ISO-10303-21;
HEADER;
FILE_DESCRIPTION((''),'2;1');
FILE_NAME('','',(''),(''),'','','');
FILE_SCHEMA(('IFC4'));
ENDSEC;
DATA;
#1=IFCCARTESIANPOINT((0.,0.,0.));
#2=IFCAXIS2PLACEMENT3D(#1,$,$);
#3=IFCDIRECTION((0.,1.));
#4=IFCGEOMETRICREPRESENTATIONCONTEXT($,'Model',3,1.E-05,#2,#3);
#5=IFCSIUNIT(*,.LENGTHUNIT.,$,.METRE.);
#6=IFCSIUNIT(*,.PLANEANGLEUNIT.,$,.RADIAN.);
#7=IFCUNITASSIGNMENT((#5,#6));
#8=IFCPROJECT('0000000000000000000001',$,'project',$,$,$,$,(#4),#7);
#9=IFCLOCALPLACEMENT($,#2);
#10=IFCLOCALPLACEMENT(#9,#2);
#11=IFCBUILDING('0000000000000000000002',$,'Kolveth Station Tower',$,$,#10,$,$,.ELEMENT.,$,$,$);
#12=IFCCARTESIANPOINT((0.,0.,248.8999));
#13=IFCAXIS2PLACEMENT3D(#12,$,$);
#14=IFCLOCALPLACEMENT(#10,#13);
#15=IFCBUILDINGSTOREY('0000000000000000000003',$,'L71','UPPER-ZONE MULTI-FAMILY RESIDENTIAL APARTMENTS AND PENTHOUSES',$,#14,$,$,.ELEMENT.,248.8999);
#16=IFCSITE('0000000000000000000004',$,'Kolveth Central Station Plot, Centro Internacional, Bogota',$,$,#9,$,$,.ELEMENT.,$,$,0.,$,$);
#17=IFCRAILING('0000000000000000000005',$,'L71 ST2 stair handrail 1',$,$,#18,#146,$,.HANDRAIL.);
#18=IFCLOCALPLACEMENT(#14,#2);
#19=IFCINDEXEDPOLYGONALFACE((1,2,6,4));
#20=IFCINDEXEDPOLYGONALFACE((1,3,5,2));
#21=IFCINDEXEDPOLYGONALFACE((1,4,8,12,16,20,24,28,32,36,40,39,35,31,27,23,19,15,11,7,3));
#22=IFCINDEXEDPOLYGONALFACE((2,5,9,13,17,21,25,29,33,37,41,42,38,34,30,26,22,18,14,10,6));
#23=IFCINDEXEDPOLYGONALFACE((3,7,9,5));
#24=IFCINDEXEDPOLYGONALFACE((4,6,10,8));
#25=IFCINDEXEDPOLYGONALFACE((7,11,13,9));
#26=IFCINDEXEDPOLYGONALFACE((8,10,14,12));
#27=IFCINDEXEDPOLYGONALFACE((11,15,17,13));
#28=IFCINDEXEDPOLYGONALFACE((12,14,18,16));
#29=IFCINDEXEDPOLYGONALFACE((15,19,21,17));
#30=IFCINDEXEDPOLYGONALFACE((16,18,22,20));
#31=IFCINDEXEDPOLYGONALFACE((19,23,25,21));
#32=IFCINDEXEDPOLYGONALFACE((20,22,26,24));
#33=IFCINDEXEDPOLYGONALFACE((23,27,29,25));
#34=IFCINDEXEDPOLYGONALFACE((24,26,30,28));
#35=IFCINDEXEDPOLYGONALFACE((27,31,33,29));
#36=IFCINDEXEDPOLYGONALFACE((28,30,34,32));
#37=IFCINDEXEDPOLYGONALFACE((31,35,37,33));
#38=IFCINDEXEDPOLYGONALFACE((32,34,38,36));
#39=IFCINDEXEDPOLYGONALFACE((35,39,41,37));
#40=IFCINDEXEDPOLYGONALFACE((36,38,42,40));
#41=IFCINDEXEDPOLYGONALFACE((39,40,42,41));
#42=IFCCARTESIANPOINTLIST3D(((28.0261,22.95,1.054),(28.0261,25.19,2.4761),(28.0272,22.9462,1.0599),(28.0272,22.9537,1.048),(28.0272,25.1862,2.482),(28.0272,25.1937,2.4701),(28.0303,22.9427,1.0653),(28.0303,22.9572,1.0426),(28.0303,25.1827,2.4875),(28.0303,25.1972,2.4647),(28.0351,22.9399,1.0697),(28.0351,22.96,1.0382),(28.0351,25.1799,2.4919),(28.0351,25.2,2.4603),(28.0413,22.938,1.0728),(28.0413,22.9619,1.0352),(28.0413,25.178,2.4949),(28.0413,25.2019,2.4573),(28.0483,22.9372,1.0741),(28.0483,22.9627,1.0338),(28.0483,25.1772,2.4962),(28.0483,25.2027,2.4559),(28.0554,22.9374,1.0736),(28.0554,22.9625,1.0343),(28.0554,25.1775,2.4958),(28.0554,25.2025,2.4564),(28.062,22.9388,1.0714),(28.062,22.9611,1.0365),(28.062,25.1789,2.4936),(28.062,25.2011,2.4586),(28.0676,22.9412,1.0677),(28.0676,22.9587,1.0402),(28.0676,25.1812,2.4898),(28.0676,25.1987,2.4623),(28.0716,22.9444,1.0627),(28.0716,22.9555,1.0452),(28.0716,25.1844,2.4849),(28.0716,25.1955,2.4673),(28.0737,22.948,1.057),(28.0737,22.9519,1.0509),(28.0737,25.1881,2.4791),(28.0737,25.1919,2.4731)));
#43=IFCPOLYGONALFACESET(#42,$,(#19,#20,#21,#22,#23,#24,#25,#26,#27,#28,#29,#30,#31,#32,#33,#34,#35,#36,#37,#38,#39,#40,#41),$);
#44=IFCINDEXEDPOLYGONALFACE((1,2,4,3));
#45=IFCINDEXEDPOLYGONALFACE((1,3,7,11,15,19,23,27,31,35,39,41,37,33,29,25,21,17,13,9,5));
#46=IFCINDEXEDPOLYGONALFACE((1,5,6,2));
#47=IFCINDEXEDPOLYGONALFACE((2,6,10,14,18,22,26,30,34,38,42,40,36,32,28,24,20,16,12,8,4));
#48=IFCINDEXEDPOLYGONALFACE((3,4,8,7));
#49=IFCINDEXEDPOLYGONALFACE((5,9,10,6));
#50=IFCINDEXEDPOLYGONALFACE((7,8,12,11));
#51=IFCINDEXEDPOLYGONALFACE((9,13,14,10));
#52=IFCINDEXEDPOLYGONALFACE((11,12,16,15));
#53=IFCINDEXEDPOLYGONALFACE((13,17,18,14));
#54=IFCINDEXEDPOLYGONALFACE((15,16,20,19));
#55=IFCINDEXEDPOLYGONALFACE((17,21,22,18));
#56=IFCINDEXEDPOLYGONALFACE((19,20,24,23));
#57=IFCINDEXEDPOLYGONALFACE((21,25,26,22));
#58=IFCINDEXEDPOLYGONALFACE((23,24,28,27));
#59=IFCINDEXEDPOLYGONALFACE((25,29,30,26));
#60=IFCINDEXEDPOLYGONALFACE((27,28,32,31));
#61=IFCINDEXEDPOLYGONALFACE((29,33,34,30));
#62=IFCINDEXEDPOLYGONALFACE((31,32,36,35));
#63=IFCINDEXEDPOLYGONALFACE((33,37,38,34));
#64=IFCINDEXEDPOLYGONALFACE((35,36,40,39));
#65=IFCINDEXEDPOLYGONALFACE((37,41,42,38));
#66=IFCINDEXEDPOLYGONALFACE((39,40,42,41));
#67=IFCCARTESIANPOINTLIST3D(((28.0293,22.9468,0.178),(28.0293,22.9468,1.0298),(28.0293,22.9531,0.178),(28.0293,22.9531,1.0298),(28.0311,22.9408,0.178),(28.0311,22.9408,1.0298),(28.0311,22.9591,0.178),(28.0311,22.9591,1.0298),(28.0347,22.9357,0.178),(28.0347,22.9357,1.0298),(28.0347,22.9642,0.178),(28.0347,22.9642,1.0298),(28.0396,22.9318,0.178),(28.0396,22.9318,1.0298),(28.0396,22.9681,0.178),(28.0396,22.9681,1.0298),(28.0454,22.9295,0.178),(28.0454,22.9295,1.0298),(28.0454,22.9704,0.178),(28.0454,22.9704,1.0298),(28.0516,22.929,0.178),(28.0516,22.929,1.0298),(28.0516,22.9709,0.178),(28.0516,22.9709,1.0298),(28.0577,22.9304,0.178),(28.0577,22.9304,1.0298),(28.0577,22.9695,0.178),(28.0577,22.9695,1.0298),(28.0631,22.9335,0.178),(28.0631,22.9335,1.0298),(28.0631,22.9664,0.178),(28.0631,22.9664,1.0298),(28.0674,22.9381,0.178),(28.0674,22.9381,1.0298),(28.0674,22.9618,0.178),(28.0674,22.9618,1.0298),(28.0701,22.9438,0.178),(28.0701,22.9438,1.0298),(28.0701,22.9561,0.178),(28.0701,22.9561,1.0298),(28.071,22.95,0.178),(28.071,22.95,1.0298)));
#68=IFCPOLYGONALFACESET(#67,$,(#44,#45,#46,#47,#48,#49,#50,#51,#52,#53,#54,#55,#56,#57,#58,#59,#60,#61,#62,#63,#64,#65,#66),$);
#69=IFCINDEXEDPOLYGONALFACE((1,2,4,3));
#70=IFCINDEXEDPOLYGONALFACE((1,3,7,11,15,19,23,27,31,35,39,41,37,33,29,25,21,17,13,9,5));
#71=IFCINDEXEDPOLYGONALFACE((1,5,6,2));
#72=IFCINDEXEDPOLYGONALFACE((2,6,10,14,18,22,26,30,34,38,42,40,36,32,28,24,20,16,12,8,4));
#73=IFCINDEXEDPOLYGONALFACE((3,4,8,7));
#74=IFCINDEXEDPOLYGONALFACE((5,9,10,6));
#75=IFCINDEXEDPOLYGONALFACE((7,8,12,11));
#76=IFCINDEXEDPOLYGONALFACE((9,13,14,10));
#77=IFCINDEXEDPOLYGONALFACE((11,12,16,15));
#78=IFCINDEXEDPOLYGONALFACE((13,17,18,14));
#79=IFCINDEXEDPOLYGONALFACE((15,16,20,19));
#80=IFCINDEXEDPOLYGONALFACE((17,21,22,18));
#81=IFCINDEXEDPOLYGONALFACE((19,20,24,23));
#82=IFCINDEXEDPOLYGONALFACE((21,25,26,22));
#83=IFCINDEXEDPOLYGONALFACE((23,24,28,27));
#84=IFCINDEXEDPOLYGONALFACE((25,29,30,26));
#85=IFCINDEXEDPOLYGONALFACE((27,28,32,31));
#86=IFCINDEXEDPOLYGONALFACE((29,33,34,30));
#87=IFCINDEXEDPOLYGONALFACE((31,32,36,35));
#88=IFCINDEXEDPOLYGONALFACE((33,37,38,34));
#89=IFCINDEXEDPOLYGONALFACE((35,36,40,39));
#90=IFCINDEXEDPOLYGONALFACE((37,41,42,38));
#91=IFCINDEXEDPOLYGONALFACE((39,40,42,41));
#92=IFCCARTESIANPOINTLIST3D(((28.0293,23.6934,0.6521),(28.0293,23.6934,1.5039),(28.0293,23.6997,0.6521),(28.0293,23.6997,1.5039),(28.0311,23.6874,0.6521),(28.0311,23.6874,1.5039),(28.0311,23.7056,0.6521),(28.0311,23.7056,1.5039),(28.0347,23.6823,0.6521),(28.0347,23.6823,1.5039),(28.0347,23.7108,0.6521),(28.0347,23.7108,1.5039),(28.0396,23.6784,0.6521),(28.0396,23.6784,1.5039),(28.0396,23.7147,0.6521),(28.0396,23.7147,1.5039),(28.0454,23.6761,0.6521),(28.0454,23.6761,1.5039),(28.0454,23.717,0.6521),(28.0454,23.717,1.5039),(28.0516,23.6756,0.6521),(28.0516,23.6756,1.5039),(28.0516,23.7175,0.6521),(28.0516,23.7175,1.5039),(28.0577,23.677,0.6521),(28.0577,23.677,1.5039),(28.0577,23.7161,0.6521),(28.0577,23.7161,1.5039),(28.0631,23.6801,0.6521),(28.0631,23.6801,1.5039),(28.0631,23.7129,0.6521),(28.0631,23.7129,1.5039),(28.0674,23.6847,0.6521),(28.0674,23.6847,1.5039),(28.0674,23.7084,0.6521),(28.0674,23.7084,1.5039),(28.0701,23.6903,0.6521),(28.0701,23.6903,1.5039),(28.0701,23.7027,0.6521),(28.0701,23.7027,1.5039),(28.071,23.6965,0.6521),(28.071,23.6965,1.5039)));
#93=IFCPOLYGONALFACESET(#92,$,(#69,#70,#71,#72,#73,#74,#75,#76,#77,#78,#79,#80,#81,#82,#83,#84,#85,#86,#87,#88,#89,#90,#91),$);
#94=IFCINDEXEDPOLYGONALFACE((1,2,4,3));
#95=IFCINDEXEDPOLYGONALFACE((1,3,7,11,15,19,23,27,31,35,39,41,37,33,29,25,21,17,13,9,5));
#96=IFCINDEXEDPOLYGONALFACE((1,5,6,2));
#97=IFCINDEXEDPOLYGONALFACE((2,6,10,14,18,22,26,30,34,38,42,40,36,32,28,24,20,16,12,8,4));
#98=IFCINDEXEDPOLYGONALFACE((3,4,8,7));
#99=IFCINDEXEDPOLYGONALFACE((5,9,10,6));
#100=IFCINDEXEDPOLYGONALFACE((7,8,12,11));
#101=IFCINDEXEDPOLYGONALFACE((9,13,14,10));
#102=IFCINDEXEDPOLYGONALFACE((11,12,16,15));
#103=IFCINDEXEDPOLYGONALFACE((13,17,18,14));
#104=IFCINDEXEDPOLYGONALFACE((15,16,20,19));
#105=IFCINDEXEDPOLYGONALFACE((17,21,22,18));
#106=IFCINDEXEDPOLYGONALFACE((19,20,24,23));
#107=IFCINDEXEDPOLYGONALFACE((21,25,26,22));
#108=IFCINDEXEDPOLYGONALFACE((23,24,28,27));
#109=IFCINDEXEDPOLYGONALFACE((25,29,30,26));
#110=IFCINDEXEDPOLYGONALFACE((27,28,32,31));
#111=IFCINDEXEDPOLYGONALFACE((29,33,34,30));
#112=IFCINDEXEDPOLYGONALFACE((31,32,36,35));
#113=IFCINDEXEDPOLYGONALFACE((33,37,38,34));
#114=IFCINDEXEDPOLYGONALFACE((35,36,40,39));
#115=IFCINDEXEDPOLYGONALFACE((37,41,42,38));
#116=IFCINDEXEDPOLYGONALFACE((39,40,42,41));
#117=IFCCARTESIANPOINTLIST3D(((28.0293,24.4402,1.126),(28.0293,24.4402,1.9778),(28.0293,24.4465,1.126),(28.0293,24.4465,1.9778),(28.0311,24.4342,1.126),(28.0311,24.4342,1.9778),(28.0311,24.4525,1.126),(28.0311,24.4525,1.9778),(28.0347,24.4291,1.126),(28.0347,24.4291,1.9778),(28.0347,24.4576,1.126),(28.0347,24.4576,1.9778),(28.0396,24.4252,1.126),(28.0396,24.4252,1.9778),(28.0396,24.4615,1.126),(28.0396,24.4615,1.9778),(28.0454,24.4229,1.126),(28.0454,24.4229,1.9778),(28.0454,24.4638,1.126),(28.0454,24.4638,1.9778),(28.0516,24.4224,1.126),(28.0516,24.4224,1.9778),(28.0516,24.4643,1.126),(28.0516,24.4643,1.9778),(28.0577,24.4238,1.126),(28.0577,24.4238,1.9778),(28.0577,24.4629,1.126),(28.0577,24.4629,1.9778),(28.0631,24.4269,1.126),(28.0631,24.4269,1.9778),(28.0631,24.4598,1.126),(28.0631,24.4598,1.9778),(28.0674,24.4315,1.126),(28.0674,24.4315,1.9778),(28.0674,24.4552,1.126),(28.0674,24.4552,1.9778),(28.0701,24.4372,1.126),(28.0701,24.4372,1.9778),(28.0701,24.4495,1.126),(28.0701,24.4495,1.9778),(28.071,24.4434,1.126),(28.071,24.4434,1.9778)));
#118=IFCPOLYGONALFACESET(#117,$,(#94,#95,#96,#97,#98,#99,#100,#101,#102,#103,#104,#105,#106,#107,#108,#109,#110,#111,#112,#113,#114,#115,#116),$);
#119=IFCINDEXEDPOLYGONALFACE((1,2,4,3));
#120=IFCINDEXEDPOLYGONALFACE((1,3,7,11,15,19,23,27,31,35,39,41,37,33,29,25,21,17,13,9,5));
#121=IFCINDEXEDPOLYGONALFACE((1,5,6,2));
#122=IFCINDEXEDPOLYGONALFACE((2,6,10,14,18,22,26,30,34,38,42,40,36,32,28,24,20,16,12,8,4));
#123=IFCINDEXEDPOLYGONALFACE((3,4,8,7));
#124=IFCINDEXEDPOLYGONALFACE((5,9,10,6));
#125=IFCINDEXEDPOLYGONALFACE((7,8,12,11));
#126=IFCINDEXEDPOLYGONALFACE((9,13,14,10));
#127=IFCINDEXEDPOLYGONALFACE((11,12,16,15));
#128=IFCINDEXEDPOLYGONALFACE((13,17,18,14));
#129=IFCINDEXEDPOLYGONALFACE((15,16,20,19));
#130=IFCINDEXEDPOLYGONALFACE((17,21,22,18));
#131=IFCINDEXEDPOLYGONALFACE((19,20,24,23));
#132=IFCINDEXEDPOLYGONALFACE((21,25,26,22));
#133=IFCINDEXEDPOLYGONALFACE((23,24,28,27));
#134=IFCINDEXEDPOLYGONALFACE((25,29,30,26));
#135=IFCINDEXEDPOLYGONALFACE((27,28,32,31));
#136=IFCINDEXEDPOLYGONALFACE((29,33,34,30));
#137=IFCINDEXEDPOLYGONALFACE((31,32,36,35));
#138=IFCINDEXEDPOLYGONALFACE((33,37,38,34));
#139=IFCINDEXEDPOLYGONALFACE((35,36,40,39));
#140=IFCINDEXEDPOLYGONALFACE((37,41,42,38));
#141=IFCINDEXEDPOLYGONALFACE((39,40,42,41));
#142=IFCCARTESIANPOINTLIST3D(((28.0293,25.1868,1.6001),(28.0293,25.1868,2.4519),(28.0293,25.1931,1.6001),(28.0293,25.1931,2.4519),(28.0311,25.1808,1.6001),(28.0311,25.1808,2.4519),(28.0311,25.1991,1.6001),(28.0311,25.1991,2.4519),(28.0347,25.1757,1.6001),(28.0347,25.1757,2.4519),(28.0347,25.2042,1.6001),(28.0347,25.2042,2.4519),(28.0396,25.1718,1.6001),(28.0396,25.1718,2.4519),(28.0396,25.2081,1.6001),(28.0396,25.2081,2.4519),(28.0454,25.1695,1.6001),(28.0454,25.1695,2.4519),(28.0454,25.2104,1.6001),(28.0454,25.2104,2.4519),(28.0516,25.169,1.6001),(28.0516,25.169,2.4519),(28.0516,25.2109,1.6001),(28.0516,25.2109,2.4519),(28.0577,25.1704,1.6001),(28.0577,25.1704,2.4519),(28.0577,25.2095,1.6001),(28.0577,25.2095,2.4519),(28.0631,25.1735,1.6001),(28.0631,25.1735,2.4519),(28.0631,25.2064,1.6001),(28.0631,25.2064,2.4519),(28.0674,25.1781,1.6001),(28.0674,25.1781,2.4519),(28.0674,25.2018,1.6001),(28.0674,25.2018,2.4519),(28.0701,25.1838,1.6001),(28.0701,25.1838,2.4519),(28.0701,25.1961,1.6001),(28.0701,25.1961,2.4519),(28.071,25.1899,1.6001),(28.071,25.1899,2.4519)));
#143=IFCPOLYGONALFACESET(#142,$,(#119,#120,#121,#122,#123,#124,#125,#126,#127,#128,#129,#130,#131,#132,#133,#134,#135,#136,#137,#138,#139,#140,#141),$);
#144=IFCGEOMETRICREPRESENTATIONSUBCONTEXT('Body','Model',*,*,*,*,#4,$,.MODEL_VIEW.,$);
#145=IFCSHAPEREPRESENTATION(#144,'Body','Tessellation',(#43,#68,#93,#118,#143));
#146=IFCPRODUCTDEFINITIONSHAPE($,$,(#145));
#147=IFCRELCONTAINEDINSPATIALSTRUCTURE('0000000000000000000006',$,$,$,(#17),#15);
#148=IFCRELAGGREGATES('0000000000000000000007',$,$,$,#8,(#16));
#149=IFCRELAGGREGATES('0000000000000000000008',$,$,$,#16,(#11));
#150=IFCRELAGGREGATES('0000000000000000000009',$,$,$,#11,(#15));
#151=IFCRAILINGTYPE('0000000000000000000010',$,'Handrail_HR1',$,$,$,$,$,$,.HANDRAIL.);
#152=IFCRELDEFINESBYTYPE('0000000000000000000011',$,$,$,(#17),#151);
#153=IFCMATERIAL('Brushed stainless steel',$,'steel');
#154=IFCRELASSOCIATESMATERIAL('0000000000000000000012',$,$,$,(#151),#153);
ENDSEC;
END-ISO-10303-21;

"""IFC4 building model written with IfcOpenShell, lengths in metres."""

from ifc_helpers import new_model, si_unit, direction, frame, origin, origin_2d, place, context, subcontext, project, spatial, circle, extrude, material, type_object, element, save


model = new_model("IFC4")

# Units and contexts
model_context = context("Model", 3, precision=1e-05, world=origin(), true_north=direction((0.0, 1.0)))
body_context = subcontext(model_context, "Body", "Model", "MODEL_VIEW")
ifc_project = project(units=[si_unit("LENGTHUNIT", "METRE"), si_unit("PLANEANGLEUNIT", "RADIAN")], contexts=[model_context])

# Site, building, storey
site_placement = place(None, origin())
site = spatial("IfcSite", under=ifc_project, at=site_placement, Name="Kolveth Central Station Plot, Centro Internacional, Bogota", CompositionType="ELEMENT", RefElevation=0.0)
building_placement = place(site_placement, origin())
building = spatial("IfcBuilding", under=site, at=building_placement, Name="Kolveth Station Tower", CompositionType="ELEMENT")
storey_placement = place(building_placement, frame((0.0, 0.0, 248.8999)))
storey = spatial("IfcBuildingStorey", under=building, at=storey_placement, Name="L71", Description="UPPER-ZONE MULTI-FAMILY RESIDENTIAL APARTMENTS AND PENTHOUSES", CompositionType="ELEMENT", Elevation=248.8999)

# Railing
ifc_material_1 = material(Name="Brushed stainless steel", Category="steel")
railing_type_1 = type_object("IfcRailingType", Name="Handrail_HR1", PredefinedType="HANDRAIL", material=ifc_material_1)
railing_1_placement = place(storey_placement, frame((28.05, 22.95, 0.178)))
element("IfcRailing", 1, at=railing_1_placement, inside=storey, type_object=railing_type_1, Name="L71 ST2 stair handrail 1", PredefinedType="HANDRAIL", context=body_context, shape_type="SweptSolid", body=[
    extrude(circle(Radius=0.0239, at=origin_2d()), frame((0.0, 0.0, 0.876), z_axis=(0.0, 0.844229, 0.535982), x_axis=(-1.0, 0.0, 0.0)), (0.0, 0.0, 1.0), 2.6533),
    extrude(circle(Radius=0.021, at=origin_2d()), origin(), (0.0, 0.0, 1.0), 0.8518),
    extrude(circle(Radius=0.021, at=origin_2d()), frame((0.0, 0.7466, 0.4741)), (0.0, 0.0, 1.0), 0.8518),
    extrude(circle(Radius=0.021, at=origin_2d()), frame((0.0, 1.4934, 0.948)), (0.0, 0.0, 1.0), 0.8518),
    extrude(circle(Radius=0.021, at=origin_2d()), frame((0.0, 2.24, 1.4221)), (0.0, 0.0, 1.0), 0.8518),
])

save(model, "model.ifc")
